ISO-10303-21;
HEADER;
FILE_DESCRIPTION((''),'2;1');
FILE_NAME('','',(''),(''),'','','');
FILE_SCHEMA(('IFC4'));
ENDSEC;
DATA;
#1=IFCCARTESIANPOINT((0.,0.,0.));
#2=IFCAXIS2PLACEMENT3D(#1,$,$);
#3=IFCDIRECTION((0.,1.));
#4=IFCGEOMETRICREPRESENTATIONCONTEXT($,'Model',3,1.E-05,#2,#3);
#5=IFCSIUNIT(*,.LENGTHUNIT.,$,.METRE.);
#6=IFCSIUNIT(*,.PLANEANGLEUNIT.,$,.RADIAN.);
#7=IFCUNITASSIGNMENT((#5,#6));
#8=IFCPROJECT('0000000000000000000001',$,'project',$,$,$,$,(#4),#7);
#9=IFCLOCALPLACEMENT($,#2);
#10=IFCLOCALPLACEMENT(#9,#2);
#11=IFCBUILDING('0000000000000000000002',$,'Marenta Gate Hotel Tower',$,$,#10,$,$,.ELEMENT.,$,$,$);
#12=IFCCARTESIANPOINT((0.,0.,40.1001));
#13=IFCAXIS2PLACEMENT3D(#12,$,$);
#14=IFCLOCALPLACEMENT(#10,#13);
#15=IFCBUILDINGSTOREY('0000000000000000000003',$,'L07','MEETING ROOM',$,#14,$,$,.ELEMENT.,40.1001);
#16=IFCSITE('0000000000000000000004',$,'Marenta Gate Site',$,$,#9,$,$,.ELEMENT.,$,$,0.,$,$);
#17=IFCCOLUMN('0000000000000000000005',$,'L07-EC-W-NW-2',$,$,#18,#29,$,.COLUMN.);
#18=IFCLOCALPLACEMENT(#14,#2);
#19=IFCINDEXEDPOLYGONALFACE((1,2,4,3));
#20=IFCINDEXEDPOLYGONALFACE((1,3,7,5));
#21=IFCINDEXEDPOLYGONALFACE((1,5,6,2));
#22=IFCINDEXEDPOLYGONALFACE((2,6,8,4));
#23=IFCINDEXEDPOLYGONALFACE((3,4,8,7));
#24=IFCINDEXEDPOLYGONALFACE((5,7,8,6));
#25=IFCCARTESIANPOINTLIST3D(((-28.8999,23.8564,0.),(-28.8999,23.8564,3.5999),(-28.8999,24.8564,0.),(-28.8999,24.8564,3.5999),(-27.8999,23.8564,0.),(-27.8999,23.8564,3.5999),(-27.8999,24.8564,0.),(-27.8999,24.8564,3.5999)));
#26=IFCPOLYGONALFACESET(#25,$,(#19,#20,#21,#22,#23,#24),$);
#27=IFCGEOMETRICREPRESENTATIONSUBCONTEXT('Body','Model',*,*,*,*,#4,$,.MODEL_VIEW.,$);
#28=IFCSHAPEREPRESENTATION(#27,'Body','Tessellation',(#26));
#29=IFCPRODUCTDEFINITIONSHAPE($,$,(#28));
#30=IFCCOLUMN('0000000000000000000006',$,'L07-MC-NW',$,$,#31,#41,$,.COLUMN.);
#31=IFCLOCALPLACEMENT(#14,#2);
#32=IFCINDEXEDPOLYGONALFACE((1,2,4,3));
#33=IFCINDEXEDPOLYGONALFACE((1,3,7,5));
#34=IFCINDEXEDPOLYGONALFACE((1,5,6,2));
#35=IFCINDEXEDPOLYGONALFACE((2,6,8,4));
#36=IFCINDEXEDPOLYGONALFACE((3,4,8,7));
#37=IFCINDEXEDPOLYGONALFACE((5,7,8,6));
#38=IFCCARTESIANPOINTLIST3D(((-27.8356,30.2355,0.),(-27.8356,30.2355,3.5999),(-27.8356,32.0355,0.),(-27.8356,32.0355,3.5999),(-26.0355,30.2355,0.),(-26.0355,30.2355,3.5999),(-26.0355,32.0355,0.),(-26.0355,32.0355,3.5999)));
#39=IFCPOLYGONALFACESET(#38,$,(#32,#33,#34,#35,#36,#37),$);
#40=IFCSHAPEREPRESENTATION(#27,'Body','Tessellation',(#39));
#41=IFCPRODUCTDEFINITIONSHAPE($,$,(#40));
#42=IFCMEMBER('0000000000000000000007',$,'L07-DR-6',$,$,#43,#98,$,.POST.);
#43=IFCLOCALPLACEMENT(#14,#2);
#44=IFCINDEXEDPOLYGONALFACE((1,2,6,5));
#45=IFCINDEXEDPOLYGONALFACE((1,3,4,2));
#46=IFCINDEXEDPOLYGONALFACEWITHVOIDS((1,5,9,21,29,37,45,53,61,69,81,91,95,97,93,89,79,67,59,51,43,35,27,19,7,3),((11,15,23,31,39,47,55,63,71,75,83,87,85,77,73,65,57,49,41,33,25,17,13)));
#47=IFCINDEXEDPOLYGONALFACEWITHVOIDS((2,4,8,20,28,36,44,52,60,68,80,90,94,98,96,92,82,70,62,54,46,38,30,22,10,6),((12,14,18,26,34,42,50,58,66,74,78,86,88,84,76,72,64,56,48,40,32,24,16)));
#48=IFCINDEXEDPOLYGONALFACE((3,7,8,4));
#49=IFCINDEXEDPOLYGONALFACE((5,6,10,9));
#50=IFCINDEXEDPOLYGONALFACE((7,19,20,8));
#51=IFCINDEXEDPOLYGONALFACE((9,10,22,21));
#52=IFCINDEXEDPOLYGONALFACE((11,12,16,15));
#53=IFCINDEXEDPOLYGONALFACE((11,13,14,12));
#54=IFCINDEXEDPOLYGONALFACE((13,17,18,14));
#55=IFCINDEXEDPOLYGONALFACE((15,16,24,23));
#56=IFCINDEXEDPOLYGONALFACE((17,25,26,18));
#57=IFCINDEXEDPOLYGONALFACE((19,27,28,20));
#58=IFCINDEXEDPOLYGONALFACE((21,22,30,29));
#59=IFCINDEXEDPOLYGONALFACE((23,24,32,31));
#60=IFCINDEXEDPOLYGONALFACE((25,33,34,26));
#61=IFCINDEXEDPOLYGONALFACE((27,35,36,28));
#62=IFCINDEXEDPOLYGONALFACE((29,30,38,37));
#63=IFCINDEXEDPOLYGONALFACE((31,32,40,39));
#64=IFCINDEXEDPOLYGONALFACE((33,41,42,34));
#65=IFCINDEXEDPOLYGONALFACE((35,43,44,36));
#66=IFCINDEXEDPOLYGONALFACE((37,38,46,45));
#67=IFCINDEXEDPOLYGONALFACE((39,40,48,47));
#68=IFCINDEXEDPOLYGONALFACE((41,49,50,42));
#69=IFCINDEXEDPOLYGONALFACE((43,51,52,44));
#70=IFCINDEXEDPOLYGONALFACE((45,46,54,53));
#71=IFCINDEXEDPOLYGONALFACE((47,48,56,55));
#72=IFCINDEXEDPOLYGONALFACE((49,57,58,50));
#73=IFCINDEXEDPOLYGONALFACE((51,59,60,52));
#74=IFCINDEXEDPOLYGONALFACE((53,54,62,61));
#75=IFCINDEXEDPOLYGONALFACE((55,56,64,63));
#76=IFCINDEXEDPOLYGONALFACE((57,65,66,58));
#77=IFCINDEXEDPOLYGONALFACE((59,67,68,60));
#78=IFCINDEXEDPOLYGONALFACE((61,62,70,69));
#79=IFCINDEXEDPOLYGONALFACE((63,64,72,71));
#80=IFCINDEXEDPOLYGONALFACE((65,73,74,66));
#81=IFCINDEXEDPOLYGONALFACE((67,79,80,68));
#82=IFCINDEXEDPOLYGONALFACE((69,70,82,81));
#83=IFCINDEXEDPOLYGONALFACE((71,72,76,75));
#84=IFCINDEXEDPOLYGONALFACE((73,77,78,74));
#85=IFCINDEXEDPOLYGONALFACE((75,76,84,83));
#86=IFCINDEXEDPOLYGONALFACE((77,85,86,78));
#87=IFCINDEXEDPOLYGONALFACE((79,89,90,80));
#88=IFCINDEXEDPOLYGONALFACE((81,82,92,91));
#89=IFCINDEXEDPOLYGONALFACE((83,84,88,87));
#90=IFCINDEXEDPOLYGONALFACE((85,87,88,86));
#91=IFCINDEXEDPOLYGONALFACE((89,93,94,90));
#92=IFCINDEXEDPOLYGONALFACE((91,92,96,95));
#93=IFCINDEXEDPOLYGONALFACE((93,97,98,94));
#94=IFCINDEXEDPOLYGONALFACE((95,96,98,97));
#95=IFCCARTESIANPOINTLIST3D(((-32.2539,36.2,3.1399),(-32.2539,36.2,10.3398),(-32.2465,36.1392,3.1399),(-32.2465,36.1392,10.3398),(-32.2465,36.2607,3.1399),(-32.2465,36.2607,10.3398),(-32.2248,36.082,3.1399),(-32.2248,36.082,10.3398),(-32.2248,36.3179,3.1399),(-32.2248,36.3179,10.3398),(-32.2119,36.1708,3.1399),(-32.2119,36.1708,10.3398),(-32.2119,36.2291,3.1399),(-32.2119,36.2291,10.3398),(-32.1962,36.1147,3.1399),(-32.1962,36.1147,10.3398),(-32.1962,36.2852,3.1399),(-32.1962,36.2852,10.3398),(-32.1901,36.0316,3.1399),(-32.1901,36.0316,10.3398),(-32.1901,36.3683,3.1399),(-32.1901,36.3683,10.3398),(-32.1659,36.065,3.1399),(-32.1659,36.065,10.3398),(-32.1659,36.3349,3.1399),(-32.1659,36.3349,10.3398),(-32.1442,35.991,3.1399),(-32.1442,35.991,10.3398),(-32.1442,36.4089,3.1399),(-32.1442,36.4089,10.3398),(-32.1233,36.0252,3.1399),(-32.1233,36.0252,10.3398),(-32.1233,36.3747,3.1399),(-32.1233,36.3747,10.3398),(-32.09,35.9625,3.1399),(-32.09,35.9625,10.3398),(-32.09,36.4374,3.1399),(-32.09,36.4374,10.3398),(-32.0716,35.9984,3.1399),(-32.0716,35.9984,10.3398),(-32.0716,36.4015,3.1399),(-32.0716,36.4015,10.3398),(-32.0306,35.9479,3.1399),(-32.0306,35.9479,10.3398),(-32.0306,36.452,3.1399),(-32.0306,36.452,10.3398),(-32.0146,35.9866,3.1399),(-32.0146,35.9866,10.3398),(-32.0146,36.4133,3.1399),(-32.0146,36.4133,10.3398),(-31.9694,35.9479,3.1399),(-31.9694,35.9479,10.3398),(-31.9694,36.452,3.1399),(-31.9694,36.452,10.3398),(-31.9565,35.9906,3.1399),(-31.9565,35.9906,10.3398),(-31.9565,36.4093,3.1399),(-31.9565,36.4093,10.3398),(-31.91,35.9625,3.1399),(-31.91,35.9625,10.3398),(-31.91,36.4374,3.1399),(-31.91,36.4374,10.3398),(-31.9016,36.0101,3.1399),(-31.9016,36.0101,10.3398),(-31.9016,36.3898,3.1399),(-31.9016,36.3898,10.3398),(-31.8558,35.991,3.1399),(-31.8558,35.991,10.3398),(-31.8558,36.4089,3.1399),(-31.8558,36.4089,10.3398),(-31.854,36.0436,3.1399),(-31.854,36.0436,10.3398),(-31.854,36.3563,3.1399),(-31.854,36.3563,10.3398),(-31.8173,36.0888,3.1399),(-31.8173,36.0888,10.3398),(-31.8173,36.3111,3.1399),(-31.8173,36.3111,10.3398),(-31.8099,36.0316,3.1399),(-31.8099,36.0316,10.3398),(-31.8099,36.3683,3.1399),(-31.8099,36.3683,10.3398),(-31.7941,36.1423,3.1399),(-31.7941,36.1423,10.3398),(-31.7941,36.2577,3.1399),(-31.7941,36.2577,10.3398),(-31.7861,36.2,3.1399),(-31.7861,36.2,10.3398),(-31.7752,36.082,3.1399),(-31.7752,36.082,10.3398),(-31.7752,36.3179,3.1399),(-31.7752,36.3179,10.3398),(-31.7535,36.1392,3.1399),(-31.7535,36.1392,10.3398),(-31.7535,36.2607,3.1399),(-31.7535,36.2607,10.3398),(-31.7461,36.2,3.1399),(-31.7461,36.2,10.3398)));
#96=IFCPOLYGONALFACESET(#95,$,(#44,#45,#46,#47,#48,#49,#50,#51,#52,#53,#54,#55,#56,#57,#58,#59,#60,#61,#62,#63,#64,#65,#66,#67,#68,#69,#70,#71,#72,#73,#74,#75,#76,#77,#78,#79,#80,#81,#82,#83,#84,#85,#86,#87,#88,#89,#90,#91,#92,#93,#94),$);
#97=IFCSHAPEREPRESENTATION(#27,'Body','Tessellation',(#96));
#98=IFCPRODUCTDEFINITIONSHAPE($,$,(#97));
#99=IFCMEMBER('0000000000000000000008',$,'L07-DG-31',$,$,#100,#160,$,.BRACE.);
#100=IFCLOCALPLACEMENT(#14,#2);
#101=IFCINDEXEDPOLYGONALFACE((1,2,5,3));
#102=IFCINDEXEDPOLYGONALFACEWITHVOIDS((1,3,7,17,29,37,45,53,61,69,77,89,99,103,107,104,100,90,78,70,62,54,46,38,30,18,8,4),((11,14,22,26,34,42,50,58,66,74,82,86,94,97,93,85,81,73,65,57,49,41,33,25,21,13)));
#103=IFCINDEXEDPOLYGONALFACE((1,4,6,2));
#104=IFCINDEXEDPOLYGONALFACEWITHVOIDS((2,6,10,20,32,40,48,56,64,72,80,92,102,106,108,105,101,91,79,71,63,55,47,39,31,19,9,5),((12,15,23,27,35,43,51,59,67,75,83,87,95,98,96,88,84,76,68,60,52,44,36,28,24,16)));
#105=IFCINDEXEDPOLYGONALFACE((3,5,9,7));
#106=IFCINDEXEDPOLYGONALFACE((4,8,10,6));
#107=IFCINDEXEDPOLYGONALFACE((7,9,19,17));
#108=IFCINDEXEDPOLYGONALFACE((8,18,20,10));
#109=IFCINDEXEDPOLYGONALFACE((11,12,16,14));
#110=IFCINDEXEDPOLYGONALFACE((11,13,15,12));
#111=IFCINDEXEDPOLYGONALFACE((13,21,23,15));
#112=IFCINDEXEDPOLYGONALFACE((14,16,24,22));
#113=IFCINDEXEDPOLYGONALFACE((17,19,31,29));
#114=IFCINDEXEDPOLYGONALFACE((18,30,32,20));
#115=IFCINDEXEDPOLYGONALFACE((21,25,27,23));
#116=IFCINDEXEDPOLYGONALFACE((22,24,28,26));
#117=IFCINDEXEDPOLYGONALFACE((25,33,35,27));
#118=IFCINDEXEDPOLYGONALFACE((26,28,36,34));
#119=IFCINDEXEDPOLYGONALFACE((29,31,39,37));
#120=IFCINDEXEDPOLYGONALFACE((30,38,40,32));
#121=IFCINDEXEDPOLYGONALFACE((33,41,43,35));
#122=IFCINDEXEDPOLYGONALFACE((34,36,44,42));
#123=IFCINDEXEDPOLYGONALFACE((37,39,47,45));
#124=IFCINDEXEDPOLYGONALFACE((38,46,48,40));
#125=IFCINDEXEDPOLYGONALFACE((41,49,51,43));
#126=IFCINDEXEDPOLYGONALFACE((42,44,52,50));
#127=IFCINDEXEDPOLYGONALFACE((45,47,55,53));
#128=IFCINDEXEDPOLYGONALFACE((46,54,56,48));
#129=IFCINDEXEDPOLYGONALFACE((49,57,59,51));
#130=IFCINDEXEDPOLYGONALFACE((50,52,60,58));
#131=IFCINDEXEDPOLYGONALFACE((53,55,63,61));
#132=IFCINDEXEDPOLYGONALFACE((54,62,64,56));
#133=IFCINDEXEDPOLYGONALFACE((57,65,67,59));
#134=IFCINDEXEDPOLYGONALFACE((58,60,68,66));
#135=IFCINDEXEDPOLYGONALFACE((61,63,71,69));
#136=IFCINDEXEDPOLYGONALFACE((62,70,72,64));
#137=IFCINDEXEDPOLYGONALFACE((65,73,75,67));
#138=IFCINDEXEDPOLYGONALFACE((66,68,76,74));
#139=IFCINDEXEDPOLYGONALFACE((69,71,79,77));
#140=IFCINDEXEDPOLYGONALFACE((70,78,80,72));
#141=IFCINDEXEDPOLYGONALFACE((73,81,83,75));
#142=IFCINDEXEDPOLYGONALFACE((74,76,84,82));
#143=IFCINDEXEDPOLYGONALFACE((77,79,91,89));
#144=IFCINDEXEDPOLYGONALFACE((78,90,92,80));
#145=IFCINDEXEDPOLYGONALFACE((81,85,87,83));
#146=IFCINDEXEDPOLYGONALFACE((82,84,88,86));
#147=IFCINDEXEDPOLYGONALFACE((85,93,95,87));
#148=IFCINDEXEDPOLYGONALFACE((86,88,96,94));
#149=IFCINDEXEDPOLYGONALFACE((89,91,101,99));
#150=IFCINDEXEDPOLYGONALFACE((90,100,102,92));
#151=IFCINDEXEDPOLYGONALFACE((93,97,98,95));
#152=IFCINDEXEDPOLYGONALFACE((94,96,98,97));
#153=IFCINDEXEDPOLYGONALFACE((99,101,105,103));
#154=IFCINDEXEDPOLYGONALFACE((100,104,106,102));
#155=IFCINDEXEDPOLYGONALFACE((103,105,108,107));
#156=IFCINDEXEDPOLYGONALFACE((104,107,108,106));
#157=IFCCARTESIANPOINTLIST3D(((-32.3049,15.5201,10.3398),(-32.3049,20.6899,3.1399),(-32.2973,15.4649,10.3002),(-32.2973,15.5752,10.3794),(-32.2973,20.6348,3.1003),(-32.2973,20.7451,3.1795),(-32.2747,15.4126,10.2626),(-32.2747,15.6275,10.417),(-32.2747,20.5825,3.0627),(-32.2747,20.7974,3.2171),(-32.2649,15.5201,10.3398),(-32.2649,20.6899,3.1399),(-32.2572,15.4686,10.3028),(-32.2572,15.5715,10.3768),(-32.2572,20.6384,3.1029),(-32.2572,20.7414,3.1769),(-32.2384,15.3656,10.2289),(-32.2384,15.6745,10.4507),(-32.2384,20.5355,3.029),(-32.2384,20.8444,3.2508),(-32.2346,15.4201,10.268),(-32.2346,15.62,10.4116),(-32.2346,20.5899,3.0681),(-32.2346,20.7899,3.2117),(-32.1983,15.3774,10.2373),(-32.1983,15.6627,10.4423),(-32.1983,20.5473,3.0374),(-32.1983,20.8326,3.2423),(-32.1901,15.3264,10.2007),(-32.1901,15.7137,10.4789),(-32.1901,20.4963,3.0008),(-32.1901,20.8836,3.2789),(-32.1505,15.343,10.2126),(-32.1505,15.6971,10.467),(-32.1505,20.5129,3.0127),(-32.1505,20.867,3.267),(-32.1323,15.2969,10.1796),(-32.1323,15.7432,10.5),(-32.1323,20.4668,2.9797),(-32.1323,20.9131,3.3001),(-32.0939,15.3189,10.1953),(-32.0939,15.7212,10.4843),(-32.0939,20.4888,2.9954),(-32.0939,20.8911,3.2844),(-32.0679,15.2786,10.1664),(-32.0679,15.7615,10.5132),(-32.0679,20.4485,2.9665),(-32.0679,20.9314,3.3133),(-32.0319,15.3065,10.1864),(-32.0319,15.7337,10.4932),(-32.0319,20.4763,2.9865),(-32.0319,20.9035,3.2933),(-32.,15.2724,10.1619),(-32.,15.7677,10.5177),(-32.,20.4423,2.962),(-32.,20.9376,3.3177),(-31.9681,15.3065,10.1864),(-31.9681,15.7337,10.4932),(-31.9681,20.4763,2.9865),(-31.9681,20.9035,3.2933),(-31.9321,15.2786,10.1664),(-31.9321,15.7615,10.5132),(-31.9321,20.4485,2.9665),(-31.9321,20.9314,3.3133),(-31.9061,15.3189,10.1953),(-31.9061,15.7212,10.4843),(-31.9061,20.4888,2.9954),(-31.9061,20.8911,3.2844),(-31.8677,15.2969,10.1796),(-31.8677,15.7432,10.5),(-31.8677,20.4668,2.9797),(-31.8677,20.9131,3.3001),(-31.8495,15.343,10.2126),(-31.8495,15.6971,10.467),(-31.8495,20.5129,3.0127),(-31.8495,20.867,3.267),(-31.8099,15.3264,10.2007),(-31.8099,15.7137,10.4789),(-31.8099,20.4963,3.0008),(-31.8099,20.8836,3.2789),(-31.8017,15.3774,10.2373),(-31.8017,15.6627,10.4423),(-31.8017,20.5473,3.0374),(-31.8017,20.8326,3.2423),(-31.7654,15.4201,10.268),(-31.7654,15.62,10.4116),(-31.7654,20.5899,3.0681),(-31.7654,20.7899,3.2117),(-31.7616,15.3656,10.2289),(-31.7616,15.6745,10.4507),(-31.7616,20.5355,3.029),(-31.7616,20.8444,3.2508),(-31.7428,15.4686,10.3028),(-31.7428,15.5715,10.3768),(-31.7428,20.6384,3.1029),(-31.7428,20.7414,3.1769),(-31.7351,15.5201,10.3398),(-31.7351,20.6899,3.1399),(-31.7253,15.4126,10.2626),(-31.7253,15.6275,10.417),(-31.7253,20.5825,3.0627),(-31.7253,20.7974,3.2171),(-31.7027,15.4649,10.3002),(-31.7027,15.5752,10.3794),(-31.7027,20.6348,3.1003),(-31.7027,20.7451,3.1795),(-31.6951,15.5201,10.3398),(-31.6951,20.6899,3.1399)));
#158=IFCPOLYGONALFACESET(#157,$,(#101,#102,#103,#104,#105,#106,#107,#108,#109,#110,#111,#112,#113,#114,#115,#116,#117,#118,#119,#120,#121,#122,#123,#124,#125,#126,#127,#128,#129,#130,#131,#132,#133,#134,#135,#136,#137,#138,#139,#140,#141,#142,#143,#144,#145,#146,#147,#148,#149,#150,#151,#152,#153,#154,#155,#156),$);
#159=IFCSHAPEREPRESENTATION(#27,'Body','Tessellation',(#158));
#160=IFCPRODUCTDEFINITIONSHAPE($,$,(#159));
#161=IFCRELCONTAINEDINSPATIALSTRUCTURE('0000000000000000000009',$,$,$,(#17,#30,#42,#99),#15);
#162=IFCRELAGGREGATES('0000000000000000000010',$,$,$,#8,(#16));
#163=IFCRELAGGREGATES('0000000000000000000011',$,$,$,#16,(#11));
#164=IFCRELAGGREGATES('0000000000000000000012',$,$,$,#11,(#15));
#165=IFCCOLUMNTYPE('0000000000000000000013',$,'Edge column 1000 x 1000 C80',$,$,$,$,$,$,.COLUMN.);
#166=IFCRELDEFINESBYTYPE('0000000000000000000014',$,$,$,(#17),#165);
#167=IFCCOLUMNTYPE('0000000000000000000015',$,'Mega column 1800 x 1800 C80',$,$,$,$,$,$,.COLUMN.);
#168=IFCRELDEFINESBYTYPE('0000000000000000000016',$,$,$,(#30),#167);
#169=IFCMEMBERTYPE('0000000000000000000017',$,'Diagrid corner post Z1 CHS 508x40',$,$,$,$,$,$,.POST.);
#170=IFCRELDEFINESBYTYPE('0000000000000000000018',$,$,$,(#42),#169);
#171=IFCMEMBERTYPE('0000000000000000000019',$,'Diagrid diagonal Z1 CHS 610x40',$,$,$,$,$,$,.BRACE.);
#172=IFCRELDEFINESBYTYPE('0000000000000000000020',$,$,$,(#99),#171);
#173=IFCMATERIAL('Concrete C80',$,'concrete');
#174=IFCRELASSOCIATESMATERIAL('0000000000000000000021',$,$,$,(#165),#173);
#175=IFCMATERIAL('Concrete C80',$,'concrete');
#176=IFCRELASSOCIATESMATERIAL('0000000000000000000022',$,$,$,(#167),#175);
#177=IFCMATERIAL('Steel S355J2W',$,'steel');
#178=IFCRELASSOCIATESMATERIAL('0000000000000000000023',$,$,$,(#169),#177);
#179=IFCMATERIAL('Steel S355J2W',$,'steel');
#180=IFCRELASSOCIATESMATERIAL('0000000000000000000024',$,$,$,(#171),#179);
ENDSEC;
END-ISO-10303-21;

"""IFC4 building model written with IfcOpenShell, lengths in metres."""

from ifc_helpers import new_model, si_unit, direction, frame, origin, origin_2d, place, context, subcontext, project, spatial, rectangle, hollow_circle, extrude, material, material_profile, profile_set, type_object, element, save


model = new_model("IFC4")

# Units and contexts
model_context = context("Model", 3, precision=1e-05, world=origin(), true_north=direction((0.0, 1.0)))
body_context = subcontext(model_context, "Body", "Model", "MODEL_VIEW")
ifc_project = project(units=[si_unit("LENGTHUNIT", "METRE"), si_unit("PLANEANGLEUNIT", "RADIAN")], contexts=[model_context])

# Site, building, storey
site_placement = place(None, origin())
site = spatial("IfcSite", under=ifc_project, at=site_placement, Name="Marenta Gate Site", CompositionType="ELEMENT", RefElevation=0.0)
building_placement = place(site_placement, origin())
building = spatial("IfcBuilding", under=site, at=building_placement, Name="Marenta Gate Hotel Tower", CompositionType="ELEMENT")
storey_placement = place(building_placement, frame((0.0, 0.0, 40.1001)))
storey = spatial("IfcBuildingStorey", under=building, at=storey_placement, Name="L07", Description="MEETING ROOM", CompositionType="ELEMENT", Elevation=40.1001)

# Columns
ifc_material_1 = material(Name="Concrete C80", Category="concrete")
ifc_material_profile_1 = material_profile(ifc_material_1, rectangle(XDim=1.0, YDim=1.0, at=origin_2d()), Name="1000 x 1000")
ifc_profile_set_1 = profile_set([ifc_material_profile_1], Name="Concrete C80")
column_type_1 = type_object("IfcColumnType", Name="Edge column 1000 x 1000 C80", PredefinedType="COLUMN", material=ifc_profile_set_1)
column_1_placement = place(storey_placement, frame((-28.3999, 24.3564, 0.0), z_axis=(0.0, 0.0, 1.0), x_axis=(1.0, 0.0, 0.0)))
element("IfcColumn", 1, at=column_1_placement, inside=storey, type_object=column_type_1, Name="L07-EC-W-NW-2", PredefinedType="COLUMN", context=body_context, shape_type="SweptSolid", body=[
    extrude(rectangle(XDim=1.0, YDim=1.0, at=origin_2d()), origin(), (0.0, 0.0, 1.0), 3.5999),
])
ifc_material_2 = material(Name="Concrete C80", Category="concrete")
ifc_material_profile_2 = material_profile(ifc_material_2, rectangle(XDim=1.8, YDim=1.8, at=origin_2d()), Name="1800 x 1800")
ifc_profile_set_2 = profile_set([ifc_material_profile_2], Name="Concrete C80")
column_type_2 = type_object("IfcColumnType", Name="Mega column 1800 x 1800 C80", PredefinedType="COLUMN", material=ifc_profile_set_2)
column_2_placement = place(storey_placement, frame((-26.9355, 31.1355, 0.0), z_axis=(0.0, 0.0, 1.0), x_axis=(1.0, 0.0, 0.0)))
element("IfcColumn", 2, at=column_2_placement, inside=storey, type_object=column_type_2, Name="L07-MC-NW", PredefinedType="COLUMN", context=body_context, shape_type="SweptSolid", body=[
    extrude(rectangle(XDim=1.8, YDim=1.8, at=origin_2d()), origin(), (0.0, 0.0, 1.0), 3.5999),
])

# Members
ifc_material_3 = material(Name="Steel S355J2W", Category="steel")
ifc_material_profile_3 = material_profile(ifc_material_3, hollow_circle(Radius=0.2539, WallThickness=0.04, at=origin_2d()), Name="CHS 508x40")
ifc_profile_set_3 = profile_set([ifc_material_profile_3], Name="Steel S355J2W")
member_type_1 = type_object("IfcMemberType", Name="Diagrid corner post Z1 CHS 508x40", PredefinedType="POST", material=ifc_profile_set_3)
member_1_placement = place(storey_placement, frame((-32.0, 36.2, 3.1399), z_axis=(0.0, 0.0, 1.0), x_axis=(1.0, 0.0, 0.0)))
element("IfcMember", 3, at=member_1_placement, inside=storey, type_object=member_type_1, Name="L07-DR-6", PredefinedType="POST", context=body_context, shape_type="SweptSolid", body=[
    extrude(hollow_circle(Radius=0.2539, WallThickness=0.04, at=origin_2d()), origin(), (0.0, 0.0, 1.0), 7.2),
])
ifc_material_4 = material(Name="Steel S355J2W", Category="steel")
ifc_material_profile_4 = material_profile(ifc_material_4, hollow_circle(Radius=0.3049, WallThickness=0.04, at=origin_2d()), Name="CHS 610x40")
ifc_profile_set_4 = profile_set([ifc_material_profile_4], Name="Steel S355J2W")
member_type_2 = type_object("IfcMemberType", Name="Diagrid diagonal Z1 CHS 610x40", PredefinedType="BRACE", material=ifc_profile_set_4)
member_2_placement = place(storey_placement, frame((-32.0, 20.6899, 3.1399), z_axis=(0.0, -0.583261, 0.812285), x_axis=(1.0, 0.0, 0.0)))
element("IfcMember", 4, at=member_2_placement, inside=storey, type_object=member_type_2, Name="L07-DG-31", PredefinedType="BRACE", context=body_context, shape_type="SweptSolid", body=[
    extrude(hollow_circle(Radius=0.3049, WallThickness=0.04, at=origin_2d()), origin(), (0.0, 0.0, 1.0), 8.8638),
])

save(model, "model.ifc")
